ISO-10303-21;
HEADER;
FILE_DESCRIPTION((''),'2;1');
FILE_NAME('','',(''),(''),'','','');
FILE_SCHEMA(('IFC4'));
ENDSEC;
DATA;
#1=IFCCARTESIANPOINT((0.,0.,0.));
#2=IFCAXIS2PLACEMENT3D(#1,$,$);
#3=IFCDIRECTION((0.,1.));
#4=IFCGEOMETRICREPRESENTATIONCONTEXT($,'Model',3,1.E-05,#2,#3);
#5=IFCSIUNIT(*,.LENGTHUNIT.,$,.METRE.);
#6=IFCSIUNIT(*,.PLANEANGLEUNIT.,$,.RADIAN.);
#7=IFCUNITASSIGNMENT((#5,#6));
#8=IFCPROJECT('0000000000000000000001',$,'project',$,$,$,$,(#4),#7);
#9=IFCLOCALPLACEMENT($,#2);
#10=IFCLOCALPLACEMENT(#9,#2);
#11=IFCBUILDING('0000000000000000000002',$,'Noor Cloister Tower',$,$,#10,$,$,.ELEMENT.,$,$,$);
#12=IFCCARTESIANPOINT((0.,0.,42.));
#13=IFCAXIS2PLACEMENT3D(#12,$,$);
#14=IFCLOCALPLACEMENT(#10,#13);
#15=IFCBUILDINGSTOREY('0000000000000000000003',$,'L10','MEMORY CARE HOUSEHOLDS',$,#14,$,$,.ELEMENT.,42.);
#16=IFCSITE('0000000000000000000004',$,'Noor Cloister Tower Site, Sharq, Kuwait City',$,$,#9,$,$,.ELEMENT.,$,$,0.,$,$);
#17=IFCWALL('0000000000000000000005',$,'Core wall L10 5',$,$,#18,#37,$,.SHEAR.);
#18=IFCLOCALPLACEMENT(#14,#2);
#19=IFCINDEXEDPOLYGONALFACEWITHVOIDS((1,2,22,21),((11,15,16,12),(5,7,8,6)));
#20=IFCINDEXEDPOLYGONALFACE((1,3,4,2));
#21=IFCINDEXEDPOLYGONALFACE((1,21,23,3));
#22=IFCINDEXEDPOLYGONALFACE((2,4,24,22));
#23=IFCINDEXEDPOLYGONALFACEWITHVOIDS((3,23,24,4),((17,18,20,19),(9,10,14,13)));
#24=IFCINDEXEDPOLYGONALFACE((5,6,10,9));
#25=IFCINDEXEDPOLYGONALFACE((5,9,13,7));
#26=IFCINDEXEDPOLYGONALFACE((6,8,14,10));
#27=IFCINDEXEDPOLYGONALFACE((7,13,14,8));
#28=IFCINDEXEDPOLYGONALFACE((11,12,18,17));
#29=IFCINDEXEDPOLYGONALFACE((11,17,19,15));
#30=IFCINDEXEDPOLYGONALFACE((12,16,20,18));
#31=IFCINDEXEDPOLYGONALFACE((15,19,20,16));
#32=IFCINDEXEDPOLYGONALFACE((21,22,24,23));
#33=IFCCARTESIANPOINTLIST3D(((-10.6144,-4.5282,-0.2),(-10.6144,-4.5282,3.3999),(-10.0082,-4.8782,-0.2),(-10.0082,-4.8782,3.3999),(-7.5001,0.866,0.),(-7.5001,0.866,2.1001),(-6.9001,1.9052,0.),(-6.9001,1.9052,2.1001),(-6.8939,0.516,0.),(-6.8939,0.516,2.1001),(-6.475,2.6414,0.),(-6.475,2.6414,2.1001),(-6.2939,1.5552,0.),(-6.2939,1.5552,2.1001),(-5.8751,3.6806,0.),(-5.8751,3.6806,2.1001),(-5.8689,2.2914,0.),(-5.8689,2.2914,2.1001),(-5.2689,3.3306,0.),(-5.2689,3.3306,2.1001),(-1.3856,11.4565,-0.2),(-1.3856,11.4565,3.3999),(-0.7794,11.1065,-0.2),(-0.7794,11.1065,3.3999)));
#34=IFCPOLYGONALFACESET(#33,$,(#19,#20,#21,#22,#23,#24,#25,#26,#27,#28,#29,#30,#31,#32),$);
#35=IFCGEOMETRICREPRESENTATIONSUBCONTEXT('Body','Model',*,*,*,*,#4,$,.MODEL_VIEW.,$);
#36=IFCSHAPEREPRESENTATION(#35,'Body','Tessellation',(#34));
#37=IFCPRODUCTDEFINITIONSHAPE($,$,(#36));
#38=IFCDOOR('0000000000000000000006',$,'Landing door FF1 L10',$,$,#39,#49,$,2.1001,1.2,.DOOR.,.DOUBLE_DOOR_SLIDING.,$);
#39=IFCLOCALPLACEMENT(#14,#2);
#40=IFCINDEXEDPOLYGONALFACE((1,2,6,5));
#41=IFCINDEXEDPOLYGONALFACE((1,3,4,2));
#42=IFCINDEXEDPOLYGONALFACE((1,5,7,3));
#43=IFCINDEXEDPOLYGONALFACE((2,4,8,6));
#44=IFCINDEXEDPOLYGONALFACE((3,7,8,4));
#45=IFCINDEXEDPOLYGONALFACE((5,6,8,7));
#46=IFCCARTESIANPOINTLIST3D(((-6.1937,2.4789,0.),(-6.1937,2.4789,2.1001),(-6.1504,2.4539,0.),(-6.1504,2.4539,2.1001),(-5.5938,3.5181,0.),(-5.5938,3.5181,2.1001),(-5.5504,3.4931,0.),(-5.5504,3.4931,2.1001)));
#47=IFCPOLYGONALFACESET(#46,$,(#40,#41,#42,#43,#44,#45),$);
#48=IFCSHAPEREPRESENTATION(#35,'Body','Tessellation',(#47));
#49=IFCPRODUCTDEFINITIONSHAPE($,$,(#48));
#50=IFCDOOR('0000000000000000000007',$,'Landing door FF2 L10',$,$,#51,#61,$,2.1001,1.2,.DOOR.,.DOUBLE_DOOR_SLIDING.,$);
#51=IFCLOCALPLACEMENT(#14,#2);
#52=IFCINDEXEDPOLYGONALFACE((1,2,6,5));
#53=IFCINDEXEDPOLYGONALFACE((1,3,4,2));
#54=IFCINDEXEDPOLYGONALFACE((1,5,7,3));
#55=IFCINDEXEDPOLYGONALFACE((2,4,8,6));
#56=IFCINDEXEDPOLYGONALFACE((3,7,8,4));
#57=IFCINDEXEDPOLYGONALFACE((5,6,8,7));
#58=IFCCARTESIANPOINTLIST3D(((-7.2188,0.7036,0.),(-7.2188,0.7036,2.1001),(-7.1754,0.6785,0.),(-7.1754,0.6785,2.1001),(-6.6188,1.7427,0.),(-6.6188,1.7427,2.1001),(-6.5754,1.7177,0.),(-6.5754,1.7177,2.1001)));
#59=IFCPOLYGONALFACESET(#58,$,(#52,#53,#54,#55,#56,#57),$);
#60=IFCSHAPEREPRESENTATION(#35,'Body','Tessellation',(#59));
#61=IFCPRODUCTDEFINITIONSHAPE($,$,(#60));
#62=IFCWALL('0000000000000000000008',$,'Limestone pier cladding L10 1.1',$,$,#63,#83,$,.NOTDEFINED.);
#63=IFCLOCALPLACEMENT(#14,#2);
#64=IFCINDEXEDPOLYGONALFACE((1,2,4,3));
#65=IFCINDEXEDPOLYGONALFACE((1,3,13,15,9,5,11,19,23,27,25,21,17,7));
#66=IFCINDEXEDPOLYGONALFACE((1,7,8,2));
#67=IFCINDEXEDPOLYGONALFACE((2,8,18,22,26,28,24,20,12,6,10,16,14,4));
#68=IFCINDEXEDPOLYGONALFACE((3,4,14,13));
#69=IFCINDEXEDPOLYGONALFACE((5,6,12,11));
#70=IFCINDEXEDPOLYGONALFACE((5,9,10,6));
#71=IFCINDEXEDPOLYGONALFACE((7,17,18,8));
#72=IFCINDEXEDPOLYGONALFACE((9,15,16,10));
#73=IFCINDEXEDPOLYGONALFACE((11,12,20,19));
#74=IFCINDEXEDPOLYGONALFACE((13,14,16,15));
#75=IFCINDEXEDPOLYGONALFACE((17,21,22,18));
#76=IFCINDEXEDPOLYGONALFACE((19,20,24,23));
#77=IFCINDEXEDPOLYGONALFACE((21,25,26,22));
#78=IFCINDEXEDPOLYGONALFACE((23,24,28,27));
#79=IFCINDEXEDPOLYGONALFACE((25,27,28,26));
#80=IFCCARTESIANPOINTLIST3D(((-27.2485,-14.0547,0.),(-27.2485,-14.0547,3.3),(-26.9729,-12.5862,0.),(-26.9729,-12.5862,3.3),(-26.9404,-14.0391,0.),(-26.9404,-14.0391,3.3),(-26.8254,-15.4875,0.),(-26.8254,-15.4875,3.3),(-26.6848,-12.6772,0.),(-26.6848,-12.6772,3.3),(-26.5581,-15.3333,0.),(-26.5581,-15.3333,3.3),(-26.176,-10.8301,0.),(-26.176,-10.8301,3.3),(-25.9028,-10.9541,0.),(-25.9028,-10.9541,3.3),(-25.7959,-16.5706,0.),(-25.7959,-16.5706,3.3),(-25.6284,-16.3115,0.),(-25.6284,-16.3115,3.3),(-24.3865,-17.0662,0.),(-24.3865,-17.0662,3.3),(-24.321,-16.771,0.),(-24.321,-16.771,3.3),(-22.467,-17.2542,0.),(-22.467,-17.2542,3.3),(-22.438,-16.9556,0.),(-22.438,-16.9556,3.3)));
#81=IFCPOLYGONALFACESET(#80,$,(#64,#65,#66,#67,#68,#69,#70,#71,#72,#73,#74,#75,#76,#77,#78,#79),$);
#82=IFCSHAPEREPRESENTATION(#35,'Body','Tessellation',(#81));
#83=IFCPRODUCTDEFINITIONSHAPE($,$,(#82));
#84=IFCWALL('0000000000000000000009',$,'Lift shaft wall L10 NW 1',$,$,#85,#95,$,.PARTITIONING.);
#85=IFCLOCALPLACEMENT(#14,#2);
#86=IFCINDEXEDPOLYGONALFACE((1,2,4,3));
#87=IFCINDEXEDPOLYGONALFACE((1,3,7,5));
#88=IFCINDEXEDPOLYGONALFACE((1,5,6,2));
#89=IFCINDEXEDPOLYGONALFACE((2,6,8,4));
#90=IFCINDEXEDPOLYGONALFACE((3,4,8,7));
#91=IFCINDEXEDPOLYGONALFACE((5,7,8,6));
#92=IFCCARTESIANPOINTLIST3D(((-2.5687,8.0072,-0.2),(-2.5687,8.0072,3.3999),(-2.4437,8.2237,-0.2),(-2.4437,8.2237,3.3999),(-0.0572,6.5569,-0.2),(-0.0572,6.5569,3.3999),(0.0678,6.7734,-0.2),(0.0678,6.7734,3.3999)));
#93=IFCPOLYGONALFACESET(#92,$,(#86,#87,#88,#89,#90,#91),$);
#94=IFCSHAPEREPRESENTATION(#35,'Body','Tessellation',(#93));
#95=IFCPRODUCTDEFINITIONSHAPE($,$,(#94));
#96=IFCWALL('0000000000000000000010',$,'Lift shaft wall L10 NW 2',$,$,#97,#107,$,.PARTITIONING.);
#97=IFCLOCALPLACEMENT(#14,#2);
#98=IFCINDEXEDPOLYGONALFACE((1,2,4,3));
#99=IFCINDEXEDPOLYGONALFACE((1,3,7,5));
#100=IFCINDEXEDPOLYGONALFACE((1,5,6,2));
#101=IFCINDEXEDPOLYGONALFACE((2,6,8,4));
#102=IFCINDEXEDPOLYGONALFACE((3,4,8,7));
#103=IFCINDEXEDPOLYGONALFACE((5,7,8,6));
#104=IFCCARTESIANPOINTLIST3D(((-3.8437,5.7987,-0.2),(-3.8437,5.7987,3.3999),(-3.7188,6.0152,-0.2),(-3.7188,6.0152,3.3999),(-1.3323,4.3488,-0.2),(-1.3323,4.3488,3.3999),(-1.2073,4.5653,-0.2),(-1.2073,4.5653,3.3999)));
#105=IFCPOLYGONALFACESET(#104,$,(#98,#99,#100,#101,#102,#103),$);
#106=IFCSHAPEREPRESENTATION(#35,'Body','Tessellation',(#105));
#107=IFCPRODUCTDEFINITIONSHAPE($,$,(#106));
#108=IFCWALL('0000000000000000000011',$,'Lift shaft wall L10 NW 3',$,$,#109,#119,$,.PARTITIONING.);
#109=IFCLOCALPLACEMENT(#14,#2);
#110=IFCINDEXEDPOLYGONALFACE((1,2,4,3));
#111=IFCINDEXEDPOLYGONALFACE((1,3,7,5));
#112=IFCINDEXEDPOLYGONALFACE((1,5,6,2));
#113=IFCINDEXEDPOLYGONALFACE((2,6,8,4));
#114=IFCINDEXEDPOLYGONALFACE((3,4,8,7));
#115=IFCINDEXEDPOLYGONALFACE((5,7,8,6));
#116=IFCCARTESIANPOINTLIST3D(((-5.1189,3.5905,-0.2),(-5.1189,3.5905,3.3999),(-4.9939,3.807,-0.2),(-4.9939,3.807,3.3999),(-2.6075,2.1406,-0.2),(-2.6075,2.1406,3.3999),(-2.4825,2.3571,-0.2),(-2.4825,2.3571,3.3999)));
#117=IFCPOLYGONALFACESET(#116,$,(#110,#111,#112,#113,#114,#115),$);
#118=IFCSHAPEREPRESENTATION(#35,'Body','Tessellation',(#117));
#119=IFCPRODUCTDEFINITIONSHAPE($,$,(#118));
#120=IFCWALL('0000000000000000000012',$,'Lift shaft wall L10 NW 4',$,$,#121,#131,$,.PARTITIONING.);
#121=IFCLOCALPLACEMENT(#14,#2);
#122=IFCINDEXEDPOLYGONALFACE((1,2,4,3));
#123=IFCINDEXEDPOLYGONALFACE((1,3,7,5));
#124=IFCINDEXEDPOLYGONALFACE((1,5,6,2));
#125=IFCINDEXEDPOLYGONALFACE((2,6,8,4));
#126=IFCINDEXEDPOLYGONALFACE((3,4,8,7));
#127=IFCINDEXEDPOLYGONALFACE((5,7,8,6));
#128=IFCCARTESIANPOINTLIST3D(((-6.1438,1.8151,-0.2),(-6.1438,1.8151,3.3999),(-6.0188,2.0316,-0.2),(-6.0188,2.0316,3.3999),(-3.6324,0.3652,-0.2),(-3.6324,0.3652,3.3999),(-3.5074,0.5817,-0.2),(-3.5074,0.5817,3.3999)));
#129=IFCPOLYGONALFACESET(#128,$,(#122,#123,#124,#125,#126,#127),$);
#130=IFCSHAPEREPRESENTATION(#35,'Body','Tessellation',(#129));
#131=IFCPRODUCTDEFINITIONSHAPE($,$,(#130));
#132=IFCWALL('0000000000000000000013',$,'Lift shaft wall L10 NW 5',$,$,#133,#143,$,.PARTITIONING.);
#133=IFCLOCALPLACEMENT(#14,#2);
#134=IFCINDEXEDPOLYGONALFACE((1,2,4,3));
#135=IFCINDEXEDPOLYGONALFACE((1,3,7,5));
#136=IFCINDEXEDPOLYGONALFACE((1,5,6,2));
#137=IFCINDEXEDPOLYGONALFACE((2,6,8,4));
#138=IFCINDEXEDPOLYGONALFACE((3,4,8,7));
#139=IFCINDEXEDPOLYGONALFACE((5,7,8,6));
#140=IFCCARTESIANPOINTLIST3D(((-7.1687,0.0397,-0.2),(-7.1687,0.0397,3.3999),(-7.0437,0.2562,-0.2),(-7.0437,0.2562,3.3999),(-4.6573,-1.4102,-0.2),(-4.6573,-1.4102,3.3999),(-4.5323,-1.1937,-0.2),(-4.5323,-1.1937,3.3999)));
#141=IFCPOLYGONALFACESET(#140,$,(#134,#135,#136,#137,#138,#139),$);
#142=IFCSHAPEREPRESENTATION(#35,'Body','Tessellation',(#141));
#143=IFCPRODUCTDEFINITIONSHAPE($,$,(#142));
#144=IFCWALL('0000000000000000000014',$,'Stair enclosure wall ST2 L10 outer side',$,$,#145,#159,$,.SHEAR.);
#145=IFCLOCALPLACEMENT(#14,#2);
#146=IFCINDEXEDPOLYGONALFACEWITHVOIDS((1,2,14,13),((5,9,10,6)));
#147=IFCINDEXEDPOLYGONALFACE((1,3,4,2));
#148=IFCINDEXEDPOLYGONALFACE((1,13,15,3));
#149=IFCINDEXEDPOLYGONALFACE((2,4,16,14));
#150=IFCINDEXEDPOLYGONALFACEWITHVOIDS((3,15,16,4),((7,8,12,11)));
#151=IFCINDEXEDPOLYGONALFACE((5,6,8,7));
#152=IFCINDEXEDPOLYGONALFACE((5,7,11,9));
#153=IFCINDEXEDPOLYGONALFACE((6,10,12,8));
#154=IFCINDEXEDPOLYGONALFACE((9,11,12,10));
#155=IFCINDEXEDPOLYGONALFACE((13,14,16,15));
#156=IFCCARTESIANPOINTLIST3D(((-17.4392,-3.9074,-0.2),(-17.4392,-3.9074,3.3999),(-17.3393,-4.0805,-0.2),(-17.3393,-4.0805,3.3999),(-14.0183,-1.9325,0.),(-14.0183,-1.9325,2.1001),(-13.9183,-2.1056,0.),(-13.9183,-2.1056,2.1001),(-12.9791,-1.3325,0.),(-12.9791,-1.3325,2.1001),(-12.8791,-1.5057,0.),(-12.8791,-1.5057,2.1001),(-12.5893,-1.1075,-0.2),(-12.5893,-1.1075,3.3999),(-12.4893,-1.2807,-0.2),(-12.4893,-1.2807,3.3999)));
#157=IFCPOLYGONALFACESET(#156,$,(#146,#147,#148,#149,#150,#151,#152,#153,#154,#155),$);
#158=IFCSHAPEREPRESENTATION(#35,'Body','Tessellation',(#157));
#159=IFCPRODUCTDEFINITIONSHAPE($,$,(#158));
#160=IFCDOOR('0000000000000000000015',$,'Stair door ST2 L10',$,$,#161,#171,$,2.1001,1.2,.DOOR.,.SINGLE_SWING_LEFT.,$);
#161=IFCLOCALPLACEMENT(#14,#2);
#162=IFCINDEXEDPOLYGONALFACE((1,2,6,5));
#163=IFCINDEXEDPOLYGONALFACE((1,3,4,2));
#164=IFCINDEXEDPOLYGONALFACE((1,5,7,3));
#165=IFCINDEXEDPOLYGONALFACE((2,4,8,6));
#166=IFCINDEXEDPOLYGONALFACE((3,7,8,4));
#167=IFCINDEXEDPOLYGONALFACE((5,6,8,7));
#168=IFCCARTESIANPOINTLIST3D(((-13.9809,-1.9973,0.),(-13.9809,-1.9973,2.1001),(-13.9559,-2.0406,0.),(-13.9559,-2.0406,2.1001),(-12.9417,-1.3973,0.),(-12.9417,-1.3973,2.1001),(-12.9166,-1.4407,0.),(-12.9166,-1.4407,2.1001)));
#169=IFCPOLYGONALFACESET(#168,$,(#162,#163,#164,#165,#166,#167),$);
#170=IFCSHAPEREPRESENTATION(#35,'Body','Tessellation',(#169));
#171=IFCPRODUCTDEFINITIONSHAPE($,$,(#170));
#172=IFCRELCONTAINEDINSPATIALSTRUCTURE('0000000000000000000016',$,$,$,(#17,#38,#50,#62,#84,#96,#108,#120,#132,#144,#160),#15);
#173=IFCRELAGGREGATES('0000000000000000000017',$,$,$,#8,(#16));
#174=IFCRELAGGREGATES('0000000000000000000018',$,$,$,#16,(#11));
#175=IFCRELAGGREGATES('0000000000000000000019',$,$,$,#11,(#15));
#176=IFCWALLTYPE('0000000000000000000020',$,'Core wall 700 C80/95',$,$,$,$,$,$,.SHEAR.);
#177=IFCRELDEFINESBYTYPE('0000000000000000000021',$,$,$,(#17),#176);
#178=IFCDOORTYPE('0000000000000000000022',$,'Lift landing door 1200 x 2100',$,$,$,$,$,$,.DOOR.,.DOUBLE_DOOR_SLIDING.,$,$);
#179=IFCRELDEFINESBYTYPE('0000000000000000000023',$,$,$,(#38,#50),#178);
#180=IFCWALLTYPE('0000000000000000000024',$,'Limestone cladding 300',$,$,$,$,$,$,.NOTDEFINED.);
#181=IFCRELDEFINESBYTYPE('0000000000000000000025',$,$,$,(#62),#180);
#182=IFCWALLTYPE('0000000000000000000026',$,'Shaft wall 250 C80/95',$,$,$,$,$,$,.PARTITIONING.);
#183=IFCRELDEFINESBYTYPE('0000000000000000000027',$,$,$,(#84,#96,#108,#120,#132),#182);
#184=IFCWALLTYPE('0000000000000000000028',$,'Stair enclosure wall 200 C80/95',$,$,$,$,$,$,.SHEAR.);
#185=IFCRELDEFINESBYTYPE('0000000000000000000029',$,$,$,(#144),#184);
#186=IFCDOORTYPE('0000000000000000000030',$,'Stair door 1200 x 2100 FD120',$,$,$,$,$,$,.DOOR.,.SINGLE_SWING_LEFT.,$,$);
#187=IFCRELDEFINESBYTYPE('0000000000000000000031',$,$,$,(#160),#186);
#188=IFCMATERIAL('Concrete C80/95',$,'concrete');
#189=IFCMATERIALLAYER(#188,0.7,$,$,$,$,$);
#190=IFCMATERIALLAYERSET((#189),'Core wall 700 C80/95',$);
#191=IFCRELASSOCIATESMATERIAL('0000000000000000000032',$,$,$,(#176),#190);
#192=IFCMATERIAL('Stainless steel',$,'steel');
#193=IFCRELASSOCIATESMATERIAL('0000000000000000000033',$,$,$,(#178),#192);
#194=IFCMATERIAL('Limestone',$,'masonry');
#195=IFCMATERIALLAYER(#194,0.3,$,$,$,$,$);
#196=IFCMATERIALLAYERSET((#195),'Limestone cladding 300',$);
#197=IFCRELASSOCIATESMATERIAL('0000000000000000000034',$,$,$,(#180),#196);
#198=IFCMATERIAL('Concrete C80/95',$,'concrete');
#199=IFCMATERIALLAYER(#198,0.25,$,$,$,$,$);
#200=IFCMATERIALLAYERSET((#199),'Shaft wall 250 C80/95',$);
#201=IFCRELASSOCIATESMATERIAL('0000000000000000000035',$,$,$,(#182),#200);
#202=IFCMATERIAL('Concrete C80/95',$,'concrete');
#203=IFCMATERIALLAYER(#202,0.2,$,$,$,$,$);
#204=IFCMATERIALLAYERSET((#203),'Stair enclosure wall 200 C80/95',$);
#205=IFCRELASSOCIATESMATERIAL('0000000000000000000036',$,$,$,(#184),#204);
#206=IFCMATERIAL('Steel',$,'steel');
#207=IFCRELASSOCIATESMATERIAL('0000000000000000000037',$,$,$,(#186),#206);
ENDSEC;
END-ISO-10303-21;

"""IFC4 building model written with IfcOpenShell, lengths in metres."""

from ifc_helpers import new_model, si_unit, direction, frame, frame_2d, origin, place, context, subcontext, project, spatial, polyline, rectangle, outline, extrude, material, layer, layer_set, type_object, element, fill, save


model = new_model("IFC4")

# Units and contexts
model_context = context("Model", 3, precision=1e-05, world=origin(), true_north=direction((0.0, 1.0)))
body_context = subcontext(model_context, "Body", "Model", "MODEL_VIEW")
ifc_project = project(units=[si_unit("LENGTHUNIT", "METRE"), si_unit("PLANEANGLEUNIT", "RADIAN")], contexts=[model_context])

# Site, building, storey
site_placement = place(None, origin())
site = spatial("IfcSite", under=ifc_project, at=site_placement, Name="Noor Cloister Tower Site, Sharq, Kuwait City", CompositionType="ELEMENT", RefElevation=0.0)
building_placement = place(site_placement, origin())
building = spatial("IfcBuilding", under=site, at=building_placement, Name="Noor Cloister Tower", CompositionType="ELEMENT")
storey_placement = place(building_placement, frame((0.0, 0.0, 42.0)))
storey = spatial("IfcBuildingStorey", under=building, at=storey_placement, Name="L10", Description="MEMORY CARE HOUSEHOLDS", CompositionType="ELEMENT", Elevation=42.0)

# Wall, openings, doors
ifc_material_1 = material(Name="Concrete C80/95", Category="concrete")
ifc_layer_1 = layer(ifc_material_1, 0.7)
ifc_layer_set_1 = layer_set([ifc_layer_1], Name="Core wall 700 C80/95")
wall_type_1 = type_object("IfcWallType", Name="Core wall 700 C80/95", PredefinedType="SHEAR", material=ifc_layer_set_1)
wall_1_placement = place(storey_placement, frame((-1.0825, 11.2815, -0.2), z_axis=(0.0, 0.0, 1.0), x_axis=(-0.500001, -0.866025, 0.0)))
wall_1 = element("IfcWall", 1, at=wall_1_placement, inside=storey, type_object=wall_type_1, Name="Core wall L10 5", PredefinedType="SHEAR", context=body_context, shape_type="SweptSolid", body=[
    extrude(rectangle(XDim=18.4575, YDim=0.7, at=frame_2d((9.2288, 0.0))), origin(), (0.0, 0.0, 1.0), 3.5999),
])
opening_1_placement = place(wall_1_placement, frame((8.9788, 0.0, 0.2)))
opening_1 = element("IfcOpeningElement", 2, at=opening_1_placement, cuts=wall_1, PredefinedType="OPENING", context=body_context, shape_type="SweptSolid", body=[
    extrude(rectangle(XDim=1.2, YDim=2.1001, at=frame_2d((0.6001, 1.05))), frame((0.0, 0.3599, 0.0), z_axis=(0.0, -1.0, 0.0), x_axis=(1.0, 0.0, 0.0)), (0.0, 0.0, 1.0), 0.72),
])
opening_2_placement = place(wall_1_placement, frame((11.0288, 0.0, 0.2)))
opening_2 = element("IfcOpeningElement", 3, at=opening_2_placement, cuts=wall_1, PredefinedType="OPENING", context=body_context, shape_type="SweptSolid", body=[
    extrude(rectangle(XDim=1.2, YDim=2.1001, at=frame_2d((0.6001, 1.05))), frame((0.0, 0.3599, 0.0), z_axis=(0.0, -1.0, 0.0), x_axis=(1.0, 0.0, 0.0)), (0.0, 0.0, 1.0), 0.72),
])
ifc_material_2 = material(Name="Stainless steel", Category="steel")
door_type_1 = type_object("IfcDoorType", Name="Lift landing door 1200 x 2100", OperationType="DOUBLE_DOOR_SLIDING", PredefinedType="DOOR", material=ifc_material_2)
door_1_placement = place(opening_1_placement, origin())
door_1 = element("IfcDoor", 4, at=door_1_placement, inside=storey, type_object=door_type_1, Name="Landing door FF1 L10", OperationType="DOUBLE_DOOR_SLIDING", OverallHeight=2.1001, OverallWidth=1.2, PredefinedType="DOOR", context=body_context, shape_type="SweptSolid", body=[
    extrude(rectangle(XDim=1.2, YDim=2.1001, at=frame_2d((0.6001, 1.05))), frame((0.0, 0.0249, 0.0), z_axis=(0.0, -1.0, 0.0), x_axis=(1.0, 0.0, 0.0)), (0.0, 0.0, 1.0), 0.05),
])
fill(opening_1, door_1)
door_2_placement = place(opening_2_placement, origin())
door_2 = element("IfcDoor", 5, at=door_2_placement, inside=storey, type_object=door_type_1, Name="Landing door FF2 L10", OperationType="DOUBLE_DOOR_SLIDING", OverallHeight=2.1001, OverallWidth=1.2, PredefinedType="DOOR", context=body_context, shape_type="SweptSolid", body=[
    extrude(rectangle(XDim=1.2, YDim=2.1001, at=frame_2d((0.6001, 1.05))), frame((0.0, 0.0249, 0.0), z_axis=(0.0, -1.0, 0.0), x_axis=(1.0, 0.0, 0.0)), (0.0, 0.0, 1.0), 0.05),
])
fill(opening_2, door_2)

# Walls
ifc_material_3 = material(Name="Limestone", Category="masonry")
ifc_layer_2 = layer(ifc_material_3, 0.3)
ifc_layer_set_2 = layer_set([ifc_layer_2], Name="Limestone cladding 300")
wall_type_2 = type_object("IfcWallType", Name="Limestone cladding 300", PredefinedType="NOTDEFINED", material=ifc_layer_set_2)
wall_2_placement = place(storey_placement, origin())
element("IfcWall", 6, at=wall_2_placement, inside=storey, type_object=wall_type_2, Name="Limestone pier cladding L10 1.1", PredefinedType="NOTDEFINED", context=body_context, shape_type="SweptSolid", body=[
    extrude(outline(polyline([(-26.176, -10.8301), (-26.9729, -12.5862), (-27.2485, -14.0547), (-26.8254, -15.4875), (-25.7959, -16.5706), (-24.3865, -17.0662), (-22.467, -17.2542), (-22.438, -16.9556), (-24.321, -16.771), (-25.6284, -16.3115), (-26.5581, -15.3333), (-26.9404, -14.0391), (-26.6848, -12.6772), (-25.9028, -10.9541), (-26.176, -10.8301)])), origin(), (0.0, 0.0, 1.0), 3.3),
])
ifc_material_4 = material(Name="Concrete C80/95", Category="concrete")
ifc_layer_3 = layer(ifc_material_4, 0.25)
ifc_layer_set_3 = layer_set([ifc_layer_3], Name="Shaft wall 250 C80/95")
wall_type_3 = type_object("IfcWallType", Name="Shaft wall 250 C80/95", PredefinedType="PARTITIONING", material=ifc_layer_set_3)
wall_3_placement = place(storey_placement, frame((-2.5063, 8.1155, -0.2), z_axis=(0.0, 0.0, 1.0), x_axis=(0.865996, -0.50005, 0.0)))
element("IfcWall", 7, at=wall_3_placement, inside=storey, type_object=wall_type_3, Name="Lift shaft wall L10 NW 1", PredefinedType="PARTITIONING", context=body_context, shape_type="SweptSolid", body=[
    extrude(rectangle(XDim=2.9001, YDim=0.25, at=frame_2d((1.4502, 0.0))), origin(), (0.0, 0.0, 1.0), 3.5999),
])
for number, where, z_axis, x_axis, name in (
    (8, (-3.7812, 5.907, -0.2), (0.0, 0.0, 1.0), (0.866033, -0.499987, 0.0), "Lift shaft wall L10 NW 2"),
    (9, (-5.0564, 3.6987, -0.2), (0.0, 0.0, 1.0), (0.866033, -0.499987, 0.0), "Lift shaft wall L10 NW 3"),
    (10, (-6.0813, 1.9233, -0.2), (0.0, 0.0, 1.0), (0.866033, -0.499987, 0.0), "Lift shaft wall L10 NW 4"),
    (11, (-7.1062, 0.1479, -0.2), (0.0, 0.0, 1.0), (0.866033, -0.499987, 0.0), "Lift shaft wall L10 NW 5"),
):
    element("IfcWall", number, at=place(storey_placement, frame(where, z_axis=z_axis, x_axis=x_axis)), inside=storey, type_object=wall_type_3, Name=name, PredefinedType="PARTITIONING", context=body_context, shape_type="SweptSolid", body=[
        extrude(rectangle(XDim=2.8999, YDim=0.25, at=frame_2d((1.45, 0.0))), origin(), (0.0, 0.0, 1.0), 3.5999),
    ])

# Wall, opening, door
ifc_material_5 = material(Name="Concrete C80/95", Category="concrete")
ifc_layer_4 = layer(ifc_material_5, 0.2)
ifc_layer_set_4 = layer_set([ifc_layer_4], Name="Stair enclosure wall 200 C80/95")
wall_type_4 = type_object("IfcWallType", Name="Stair enclosure wall 200 C80/95", PredefinedType="SHEAR", material=ifc_layer_set_4)
wall_4_placement = place(storey_placement, frame((-12.5393, -1.1941, -0.2), z_axis=(0.0, 0.0, 1.0), x_axis=(-0.866045, -0.499965, 0.0)))
wall_4 = element("IfcWall", 12, at=wall_4_placement, inside=storey, type_object=wall_type_4, Name="Stair enclosure wall ST2 L10 outer side", PredefinedType="SHEAR", context=body_context, shape_type="SweptSolid", body=[
    extrude(rectangle(XDim=5.6001, YDim=0.2, at=frame_2d((2.8, 0.0))), origin(), (0.0, 0.0, 1.0), 3.5999),
])
opening_3_placement = place(wall_4_placement, frame((0.45, 0.0, 0.2)))
opening_3 = element("IfcOpeningElement", 13, at=opening_3_placement, cuts=wall_4, PredefinedType="OPENING", context=body_context, shape_type="SweptSolid", body=[
    extrude(rectangle(XDim=1.2, YDim=2.1001, at=frame_2d((0.6001, 1.05))), frame((0.0, 0.1099, 0.0), z_axis=(0.0, -1.0, 0.0), x_axis=(1.0, 0.0, 0.0)), (0.0, 0.0, 1.0), 0.22),
])
ifc_material_6 = material(Name="Steel", Category="steel")
door_type_2 = type_object("IfcDoorType", Name="Stair door 1200 x 2100 FD120", OperationType="SINGLE_SWING_LEFT", PredefinedType="DOOR", material=ifc_material_6)
door_3_placement = place(opening_3_placement, origin())
door_3 = element("IfcDoor", 14, at=door_3_placement, inside=storey, type_object=door_type_2, Name="Stair door ST2 L10", OperationType="SINGLE_SWING_LEFT", OverallHeight=2.1001, OverallWidth=1.2, PredefinedType="DOOR", context=body_context, shape_type="SweptSolid", body=[
    extrude(rectangle(XDim=1.2, YDim=2.1001, at=frame_2d((0.6001, 1.05))), frame((0.0, 0.0249, 0.0), z_axis=(0.0, -1.0, 0.0), x_axis=(1.0, 0.0, 0.0)), (0.0, 0.0, 1.0), 0.05),
])
fill(opening_3, door_3)

save(model, "model.ifc")
